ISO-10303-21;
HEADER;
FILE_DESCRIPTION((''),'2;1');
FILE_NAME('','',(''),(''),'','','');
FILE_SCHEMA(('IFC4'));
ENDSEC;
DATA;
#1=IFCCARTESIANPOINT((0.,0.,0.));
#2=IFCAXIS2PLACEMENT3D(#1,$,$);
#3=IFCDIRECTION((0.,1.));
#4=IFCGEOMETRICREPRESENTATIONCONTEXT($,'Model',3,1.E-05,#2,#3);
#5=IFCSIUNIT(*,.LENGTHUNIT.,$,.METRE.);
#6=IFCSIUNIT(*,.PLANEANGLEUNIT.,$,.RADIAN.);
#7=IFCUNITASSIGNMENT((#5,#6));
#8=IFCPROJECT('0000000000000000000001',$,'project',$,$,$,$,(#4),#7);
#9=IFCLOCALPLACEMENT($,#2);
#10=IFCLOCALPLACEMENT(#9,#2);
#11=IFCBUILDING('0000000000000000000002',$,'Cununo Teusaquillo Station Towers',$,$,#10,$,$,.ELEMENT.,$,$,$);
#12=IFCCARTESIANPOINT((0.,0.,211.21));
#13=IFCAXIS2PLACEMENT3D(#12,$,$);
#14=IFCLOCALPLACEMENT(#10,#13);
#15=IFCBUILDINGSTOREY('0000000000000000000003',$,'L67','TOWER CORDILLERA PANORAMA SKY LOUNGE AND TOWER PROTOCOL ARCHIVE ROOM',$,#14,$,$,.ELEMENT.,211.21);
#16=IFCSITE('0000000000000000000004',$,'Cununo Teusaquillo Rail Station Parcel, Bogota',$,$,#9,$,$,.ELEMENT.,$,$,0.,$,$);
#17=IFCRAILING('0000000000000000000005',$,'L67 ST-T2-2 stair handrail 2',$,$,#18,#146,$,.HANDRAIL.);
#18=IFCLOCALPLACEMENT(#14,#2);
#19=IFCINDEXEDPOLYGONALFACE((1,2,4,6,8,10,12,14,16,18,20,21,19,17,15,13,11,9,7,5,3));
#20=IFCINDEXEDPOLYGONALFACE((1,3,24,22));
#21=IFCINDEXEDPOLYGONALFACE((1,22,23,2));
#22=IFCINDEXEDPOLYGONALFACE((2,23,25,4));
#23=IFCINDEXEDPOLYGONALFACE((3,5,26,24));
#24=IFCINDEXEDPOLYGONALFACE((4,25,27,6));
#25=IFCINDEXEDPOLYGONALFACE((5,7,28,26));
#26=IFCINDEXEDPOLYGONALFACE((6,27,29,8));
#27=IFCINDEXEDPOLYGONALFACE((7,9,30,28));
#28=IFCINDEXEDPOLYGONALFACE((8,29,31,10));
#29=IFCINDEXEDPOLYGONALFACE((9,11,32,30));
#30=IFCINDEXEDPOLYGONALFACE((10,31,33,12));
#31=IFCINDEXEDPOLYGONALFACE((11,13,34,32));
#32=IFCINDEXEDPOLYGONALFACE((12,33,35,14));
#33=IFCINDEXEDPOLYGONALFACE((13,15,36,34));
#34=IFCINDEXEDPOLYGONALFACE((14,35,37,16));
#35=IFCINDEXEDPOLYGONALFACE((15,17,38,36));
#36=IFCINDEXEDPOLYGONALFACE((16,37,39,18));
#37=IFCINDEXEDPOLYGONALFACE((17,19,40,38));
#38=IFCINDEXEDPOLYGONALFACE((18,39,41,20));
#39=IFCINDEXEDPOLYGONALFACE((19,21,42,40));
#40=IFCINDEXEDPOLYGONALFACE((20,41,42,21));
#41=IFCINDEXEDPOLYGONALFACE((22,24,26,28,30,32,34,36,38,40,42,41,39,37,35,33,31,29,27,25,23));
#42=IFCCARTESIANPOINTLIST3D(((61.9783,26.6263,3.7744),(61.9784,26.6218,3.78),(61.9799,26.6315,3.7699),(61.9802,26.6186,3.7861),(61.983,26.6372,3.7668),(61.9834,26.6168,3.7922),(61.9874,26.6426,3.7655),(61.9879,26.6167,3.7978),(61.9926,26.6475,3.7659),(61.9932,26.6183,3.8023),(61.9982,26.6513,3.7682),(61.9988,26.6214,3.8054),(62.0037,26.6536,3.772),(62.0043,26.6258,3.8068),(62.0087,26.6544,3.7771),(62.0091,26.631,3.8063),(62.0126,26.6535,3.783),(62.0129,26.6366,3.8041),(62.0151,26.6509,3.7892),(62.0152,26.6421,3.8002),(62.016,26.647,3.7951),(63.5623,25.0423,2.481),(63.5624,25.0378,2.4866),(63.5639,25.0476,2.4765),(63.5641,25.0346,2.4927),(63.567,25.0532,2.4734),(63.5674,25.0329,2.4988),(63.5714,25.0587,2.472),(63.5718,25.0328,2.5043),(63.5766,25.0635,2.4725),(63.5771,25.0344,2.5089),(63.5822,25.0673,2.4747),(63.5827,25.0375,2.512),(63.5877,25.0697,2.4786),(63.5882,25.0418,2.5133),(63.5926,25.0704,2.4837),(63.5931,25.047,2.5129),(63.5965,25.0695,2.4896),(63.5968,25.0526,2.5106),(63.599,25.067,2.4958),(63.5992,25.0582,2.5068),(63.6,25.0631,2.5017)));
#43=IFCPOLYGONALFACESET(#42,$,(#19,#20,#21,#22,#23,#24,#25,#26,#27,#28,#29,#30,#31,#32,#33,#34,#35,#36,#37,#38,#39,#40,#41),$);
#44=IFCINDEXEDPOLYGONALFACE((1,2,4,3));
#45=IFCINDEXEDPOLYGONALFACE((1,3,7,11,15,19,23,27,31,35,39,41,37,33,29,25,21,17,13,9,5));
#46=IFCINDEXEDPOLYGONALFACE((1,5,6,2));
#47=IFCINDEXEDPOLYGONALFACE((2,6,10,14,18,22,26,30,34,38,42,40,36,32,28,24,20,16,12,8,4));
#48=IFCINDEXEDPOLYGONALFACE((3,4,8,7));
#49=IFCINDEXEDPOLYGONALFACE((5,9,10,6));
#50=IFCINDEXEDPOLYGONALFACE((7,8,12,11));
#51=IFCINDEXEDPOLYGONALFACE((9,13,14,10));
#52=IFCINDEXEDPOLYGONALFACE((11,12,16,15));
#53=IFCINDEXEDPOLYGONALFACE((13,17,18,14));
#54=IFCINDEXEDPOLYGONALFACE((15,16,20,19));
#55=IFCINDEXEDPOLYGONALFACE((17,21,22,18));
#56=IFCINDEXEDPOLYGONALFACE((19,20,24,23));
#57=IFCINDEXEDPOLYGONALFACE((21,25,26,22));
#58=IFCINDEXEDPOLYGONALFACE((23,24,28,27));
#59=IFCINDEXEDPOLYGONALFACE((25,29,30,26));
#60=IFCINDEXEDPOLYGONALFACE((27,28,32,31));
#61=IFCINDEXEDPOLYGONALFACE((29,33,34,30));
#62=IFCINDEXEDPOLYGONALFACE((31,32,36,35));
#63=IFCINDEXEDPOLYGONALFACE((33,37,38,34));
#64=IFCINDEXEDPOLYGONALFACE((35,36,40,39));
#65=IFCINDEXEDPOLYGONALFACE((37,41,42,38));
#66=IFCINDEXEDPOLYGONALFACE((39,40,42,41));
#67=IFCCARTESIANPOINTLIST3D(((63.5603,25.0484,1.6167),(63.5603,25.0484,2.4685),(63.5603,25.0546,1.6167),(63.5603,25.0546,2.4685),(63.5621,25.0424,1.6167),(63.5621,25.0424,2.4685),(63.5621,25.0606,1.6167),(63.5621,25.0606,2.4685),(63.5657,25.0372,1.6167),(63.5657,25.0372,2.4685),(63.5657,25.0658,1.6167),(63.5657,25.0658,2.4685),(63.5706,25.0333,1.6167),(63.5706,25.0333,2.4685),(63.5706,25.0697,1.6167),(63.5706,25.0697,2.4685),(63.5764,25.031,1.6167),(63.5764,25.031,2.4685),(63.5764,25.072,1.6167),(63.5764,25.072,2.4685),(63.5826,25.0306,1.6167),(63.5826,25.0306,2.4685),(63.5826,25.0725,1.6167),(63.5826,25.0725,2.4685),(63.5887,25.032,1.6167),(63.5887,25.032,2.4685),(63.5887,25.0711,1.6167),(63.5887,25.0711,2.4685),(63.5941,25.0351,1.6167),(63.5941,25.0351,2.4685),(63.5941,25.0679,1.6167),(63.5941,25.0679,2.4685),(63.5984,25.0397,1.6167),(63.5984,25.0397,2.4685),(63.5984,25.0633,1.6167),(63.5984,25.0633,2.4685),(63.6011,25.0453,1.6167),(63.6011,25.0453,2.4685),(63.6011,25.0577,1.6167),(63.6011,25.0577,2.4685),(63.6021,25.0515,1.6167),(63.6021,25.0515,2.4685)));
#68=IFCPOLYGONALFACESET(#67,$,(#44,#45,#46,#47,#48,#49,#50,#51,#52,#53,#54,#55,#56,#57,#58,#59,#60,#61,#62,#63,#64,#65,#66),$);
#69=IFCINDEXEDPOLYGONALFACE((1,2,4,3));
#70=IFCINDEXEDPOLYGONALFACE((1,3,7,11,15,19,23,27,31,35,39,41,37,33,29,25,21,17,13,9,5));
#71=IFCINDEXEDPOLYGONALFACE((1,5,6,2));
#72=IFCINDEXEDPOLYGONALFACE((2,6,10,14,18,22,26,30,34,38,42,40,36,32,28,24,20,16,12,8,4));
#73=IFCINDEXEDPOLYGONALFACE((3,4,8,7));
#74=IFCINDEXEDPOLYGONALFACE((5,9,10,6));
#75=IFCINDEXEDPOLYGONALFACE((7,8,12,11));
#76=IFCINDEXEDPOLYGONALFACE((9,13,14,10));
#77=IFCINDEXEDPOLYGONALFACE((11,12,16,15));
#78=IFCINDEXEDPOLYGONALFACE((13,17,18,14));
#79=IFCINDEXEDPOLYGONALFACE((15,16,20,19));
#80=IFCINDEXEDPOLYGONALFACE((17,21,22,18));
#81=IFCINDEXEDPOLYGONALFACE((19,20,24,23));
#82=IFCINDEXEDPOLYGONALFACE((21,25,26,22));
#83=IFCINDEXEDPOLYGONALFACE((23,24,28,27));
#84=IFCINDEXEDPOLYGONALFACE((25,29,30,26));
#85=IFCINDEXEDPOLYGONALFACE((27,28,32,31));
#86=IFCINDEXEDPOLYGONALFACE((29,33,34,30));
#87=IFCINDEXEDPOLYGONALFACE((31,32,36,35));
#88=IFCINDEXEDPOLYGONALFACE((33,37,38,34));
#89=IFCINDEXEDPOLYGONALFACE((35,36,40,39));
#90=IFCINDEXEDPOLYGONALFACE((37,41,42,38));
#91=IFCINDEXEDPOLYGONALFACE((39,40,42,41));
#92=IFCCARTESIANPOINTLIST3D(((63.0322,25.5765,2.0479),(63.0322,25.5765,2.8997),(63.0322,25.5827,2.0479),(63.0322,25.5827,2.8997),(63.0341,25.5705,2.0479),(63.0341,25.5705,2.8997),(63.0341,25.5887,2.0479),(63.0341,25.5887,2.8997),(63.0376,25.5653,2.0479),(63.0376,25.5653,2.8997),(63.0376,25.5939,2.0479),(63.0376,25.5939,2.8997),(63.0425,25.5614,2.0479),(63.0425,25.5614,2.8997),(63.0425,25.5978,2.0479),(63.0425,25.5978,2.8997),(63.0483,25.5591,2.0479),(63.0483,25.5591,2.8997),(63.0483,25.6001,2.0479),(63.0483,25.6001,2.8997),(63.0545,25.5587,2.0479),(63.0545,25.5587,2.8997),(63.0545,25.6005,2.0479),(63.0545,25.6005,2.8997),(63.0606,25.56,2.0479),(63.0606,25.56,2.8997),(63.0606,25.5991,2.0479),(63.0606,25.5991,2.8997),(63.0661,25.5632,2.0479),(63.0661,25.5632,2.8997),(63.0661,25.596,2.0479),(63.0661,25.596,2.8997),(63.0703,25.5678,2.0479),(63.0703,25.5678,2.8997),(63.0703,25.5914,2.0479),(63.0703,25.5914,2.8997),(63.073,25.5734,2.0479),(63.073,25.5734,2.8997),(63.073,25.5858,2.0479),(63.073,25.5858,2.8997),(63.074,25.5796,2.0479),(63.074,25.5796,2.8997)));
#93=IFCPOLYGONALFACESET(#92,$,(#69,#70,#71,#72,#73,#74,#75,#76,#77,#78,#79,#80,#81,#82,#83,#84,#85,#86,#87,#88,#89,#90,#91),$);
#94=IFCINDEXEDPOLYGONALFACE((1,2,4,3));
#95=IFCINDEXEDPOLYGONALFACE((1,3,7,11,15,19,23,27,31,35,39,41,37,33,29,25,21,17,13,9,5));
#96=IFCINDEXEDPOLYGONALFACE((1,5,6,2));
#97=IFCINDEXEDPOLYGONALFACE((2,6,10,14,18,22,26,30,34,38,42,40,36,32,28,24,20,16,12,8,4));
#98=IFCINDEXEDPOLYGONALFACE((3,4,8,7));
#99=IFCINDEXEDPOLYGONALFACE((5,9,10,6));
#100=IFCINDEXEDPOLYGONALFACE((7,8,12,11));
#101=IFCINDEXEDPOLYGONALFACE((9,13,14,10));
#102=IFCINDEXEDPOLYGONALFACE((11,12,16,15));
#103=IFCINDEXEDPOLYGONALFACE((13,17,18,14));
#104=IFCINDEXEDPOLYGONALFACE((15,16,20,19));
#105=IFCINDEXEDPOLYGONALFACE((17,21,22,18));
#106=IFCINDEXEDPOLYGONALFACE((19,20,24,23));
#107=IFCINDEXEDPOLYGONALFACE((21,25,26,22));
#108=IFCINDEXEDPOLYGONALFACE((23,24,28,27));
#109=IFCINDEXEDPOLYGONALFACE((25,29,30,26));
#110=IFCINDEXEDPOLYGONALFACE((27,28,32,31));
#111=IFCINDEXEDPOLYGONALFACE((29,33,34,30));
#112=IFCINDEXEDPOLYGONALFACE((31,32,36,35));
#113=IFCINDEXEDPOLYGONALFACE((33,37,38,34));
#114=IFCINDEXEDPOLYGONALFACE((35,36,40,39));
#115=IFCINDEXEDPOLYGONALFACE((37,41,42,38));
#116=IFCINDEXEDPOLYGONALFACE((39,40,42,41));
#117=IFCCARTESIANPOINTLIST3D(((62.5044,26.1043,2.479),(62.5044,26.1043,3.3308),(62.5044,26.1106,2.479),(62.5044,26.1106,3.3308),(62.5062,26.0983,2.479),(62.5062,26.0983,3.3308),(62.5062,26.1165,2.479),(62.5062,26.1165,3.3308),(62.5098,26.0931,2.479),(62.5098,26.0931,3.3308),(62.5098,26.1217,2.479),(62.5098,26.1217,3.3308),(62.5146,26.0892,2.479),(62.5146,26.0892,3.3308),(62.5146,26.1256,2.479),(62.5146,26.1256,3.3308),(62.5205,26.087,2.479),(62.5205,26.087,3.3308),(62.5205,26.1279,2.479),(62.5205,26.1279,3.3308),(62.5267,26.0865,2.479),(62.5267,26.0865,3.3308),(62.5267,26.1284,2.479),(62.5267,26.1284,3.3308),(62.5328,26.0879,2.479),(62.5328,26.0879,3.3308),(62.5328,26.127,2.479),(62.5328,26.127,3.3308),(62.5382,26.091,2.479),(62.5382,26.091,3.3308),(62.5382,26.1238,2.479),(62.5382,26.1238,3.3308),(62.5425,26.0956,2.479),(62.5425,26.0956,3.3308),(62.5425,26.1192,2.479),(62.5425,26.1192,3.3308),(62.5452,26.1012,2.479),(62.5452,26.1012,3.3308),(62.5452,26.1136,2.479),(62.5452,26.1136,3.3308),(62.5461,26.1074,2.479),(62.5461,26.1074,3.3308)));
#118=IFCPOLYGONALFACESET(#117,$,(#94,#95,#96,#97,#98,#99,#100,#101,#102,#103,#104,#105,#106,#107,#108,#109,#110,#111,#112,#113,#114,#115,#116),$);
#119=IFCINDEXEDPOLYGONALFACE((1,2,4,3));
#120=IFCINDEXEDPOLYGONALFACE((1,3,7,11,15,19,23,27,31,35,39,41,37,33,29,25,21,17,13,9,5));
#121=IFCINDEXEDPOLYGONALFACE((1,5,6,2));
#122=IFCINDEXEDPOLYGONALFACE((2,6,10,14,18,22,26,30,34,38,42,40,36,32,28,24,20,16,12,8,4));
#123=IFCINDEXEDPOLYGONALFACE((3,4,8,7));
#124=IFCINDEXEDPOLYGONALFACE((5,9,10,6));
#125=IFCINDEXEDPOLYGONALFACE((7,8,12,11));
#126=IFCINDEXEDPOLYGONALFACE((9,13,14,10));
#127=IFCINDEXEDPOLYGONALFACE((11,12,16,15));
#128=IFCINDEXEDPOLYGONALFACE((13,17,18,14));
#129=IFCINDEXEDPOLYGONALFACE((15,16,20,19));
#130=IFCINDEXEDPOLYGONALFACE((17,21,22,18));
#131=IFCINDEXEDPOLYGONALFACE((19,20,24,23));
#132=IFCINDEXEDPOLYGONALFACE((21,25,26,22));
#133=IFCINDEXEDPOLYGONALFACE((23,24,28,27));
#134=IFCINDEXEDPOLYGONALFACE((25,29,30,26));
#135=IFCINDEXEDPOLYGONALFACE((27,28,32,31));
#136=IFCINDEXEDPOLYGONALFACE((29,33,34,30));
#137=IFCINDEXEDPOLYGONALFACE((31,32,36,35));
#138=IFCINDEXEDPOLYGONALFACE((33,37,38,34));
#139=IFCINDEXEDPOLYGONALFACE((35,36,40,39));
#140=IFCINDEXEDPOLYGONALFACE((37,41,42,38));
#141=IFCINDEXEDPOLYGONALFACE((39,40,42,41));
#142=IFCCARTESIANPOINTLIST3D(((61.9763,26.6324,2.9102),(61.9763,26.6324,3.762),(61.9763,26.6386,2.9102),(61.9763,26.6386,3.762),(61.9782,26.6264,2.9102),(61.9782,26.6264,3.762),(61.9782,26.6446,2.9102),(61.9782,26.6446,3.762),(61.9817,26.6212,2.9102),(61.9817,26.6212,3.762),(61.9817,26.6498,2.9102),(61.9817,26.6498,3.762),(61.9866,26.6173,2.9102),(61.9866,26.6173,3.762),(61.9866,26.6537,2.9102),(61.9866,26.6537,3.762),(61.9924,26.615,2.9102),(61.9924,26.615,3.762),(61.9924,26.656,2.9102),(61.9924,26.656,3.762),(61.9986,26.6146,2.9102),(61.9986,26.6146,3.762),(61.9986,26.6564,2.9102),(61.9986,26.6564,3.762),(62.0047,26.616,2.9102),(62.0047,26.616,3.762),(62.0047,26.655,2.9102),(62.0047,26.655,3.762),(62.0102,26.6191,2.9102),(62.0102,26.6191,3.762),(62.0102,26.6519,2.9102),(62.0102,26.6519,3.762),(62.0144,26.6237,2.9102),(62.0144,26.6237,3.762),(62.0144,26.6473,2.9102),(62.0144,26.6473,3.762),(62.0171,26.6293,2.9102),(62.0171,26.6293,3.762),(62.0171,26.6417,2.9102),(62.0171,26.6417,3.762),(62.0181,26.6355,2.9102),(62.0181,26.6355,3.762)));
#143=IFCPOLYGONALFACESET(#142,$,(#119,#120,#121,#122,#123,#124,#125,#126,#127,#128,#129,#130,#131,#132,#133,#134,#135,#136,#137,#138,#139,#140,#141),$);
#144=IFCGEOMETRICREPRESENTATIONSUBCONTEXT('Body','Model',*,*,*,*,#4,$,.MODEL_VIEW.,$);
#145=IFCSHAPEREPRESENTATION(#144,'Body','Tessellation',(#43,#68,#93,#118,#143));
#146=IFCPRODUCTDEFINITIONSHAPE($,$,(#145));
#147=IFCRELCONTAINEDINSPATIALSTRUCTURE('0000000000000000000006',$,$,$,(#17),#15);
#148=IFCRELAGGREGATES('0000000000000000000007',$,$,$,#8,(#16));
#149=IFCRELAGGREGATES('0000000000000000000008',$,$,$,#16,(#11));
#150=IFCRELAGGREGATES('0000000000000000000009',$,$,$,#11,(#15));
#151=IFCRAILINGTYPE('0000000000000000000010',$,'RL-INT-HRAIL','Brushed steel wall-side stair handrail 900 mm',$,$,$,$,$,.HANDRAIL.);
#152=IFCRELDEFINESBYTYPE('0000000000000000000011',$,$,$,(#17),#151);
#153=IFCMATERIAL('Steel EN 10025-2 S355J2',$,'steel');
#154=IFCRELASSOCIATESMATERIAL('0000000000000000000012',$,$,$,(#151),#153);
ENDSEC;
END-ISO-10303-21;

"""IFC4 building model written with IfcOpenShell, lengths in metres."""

from ifc_helpers import new_model, si_unit, direction, frame, origin, origin_2d, place, context, subcontext, project, spatial, circle, extrude, material, type_object, element, save


model = new_model("IFC4")

# Units and contexts
model_context = context("Model", 3, precision=1e-05, world=origin(), true_north=direction((0.0, 1.0)))
body_context = subcontext(model_context, "Body", "Model", "MODEL_VIEW")
ifc_project = project(units=[si_unit("LENGTHUNIT", "METRE"), si_unit("PLANEANGLEUNIT", "RADIAN")], contexts=[model_context])

# Site, building, storey
site_placement = place(None, origin())
site = spatial("IfcSite", under=ifc_project, at=site_placement, Name="Cununo Teusaquillo Rail Station Parcel, Bogota", CompositionType="ELEMENT", RefElevation=0.0)
building_placement = place(site_placement, origin())
building = spatial("IfcBuilding", under=site, at=building_placement, Name="Cununo Teusaquillo Station Towers", CompositionType="ELEMENT")
storey_placement = place(building_placement, frame((0.0, 0.0, 211.21)))
storey = spatial("IfcBuildingStorey", under=building, at=storey_placement, Name="L67", Description="TOWER CORDILLERA PANORAMA SKY LOUNGE AND TOWER PROTOCOL ARCHIVE ROOM", CompositionType="ELEMENT", Elevation=211.21)

# Railing
ifc_material_1 = material(Name="Steel EN 10025-2 S355J2", Category="steel")
railing_type_1 = type_object("IfcRailingType", Name="RL-INT-HRAIL", Description="Brushed steel wall-side stair handrail 900 mm", PredefinedType="HANDRAIL", material=ifc_material_1)
railing_1_placement = place(storey_placement, frame((63.5811, 25.0515, 1.6167)))
element("IfcRailing", 1, at=railing_1_placement, inside=storey, type_object=railing_type_1, Name="L67 ST-T2-2 stair handrail 2", PredefinedType="HANDRAIL", context=body_context, shape_type="SweptSolid", body=[
    extrude(circle(Radius=0.0239, at=origin_2d()), frame((0.0, 0.0, 0.876), z_axis=(-0.612356, 0.612356, 0.50004), x_axis=(-0.707107, -0.707107, 0.0)), (0.0, 0.0, 1.0), 2.5867),
    extrude(circle(Radius=0.021, at=origin_2d()), origin(), (0.0, 0.0, 1.0), 0.8518),
    extrude(circle(Radius=0.021, at=origin_2d()), frame((-0.5281, 0.5281, 0.4312)), (0.0, 0.0, 1.0), 0.8518),
    extrude(circle(Radius=0.021, at=origin_2d()), frame((-1.0559, 1.0559, 0.8623)), (0.0, 0.0, 1.0), 0.8518),
    extrude(circle(Radius=0.021, at=origin_2d()), frame((-1.584, 1.584, 1.2935)), (0.0, 0.0, 1.0), 0.8518),
])

save(model, "model.ifc")
